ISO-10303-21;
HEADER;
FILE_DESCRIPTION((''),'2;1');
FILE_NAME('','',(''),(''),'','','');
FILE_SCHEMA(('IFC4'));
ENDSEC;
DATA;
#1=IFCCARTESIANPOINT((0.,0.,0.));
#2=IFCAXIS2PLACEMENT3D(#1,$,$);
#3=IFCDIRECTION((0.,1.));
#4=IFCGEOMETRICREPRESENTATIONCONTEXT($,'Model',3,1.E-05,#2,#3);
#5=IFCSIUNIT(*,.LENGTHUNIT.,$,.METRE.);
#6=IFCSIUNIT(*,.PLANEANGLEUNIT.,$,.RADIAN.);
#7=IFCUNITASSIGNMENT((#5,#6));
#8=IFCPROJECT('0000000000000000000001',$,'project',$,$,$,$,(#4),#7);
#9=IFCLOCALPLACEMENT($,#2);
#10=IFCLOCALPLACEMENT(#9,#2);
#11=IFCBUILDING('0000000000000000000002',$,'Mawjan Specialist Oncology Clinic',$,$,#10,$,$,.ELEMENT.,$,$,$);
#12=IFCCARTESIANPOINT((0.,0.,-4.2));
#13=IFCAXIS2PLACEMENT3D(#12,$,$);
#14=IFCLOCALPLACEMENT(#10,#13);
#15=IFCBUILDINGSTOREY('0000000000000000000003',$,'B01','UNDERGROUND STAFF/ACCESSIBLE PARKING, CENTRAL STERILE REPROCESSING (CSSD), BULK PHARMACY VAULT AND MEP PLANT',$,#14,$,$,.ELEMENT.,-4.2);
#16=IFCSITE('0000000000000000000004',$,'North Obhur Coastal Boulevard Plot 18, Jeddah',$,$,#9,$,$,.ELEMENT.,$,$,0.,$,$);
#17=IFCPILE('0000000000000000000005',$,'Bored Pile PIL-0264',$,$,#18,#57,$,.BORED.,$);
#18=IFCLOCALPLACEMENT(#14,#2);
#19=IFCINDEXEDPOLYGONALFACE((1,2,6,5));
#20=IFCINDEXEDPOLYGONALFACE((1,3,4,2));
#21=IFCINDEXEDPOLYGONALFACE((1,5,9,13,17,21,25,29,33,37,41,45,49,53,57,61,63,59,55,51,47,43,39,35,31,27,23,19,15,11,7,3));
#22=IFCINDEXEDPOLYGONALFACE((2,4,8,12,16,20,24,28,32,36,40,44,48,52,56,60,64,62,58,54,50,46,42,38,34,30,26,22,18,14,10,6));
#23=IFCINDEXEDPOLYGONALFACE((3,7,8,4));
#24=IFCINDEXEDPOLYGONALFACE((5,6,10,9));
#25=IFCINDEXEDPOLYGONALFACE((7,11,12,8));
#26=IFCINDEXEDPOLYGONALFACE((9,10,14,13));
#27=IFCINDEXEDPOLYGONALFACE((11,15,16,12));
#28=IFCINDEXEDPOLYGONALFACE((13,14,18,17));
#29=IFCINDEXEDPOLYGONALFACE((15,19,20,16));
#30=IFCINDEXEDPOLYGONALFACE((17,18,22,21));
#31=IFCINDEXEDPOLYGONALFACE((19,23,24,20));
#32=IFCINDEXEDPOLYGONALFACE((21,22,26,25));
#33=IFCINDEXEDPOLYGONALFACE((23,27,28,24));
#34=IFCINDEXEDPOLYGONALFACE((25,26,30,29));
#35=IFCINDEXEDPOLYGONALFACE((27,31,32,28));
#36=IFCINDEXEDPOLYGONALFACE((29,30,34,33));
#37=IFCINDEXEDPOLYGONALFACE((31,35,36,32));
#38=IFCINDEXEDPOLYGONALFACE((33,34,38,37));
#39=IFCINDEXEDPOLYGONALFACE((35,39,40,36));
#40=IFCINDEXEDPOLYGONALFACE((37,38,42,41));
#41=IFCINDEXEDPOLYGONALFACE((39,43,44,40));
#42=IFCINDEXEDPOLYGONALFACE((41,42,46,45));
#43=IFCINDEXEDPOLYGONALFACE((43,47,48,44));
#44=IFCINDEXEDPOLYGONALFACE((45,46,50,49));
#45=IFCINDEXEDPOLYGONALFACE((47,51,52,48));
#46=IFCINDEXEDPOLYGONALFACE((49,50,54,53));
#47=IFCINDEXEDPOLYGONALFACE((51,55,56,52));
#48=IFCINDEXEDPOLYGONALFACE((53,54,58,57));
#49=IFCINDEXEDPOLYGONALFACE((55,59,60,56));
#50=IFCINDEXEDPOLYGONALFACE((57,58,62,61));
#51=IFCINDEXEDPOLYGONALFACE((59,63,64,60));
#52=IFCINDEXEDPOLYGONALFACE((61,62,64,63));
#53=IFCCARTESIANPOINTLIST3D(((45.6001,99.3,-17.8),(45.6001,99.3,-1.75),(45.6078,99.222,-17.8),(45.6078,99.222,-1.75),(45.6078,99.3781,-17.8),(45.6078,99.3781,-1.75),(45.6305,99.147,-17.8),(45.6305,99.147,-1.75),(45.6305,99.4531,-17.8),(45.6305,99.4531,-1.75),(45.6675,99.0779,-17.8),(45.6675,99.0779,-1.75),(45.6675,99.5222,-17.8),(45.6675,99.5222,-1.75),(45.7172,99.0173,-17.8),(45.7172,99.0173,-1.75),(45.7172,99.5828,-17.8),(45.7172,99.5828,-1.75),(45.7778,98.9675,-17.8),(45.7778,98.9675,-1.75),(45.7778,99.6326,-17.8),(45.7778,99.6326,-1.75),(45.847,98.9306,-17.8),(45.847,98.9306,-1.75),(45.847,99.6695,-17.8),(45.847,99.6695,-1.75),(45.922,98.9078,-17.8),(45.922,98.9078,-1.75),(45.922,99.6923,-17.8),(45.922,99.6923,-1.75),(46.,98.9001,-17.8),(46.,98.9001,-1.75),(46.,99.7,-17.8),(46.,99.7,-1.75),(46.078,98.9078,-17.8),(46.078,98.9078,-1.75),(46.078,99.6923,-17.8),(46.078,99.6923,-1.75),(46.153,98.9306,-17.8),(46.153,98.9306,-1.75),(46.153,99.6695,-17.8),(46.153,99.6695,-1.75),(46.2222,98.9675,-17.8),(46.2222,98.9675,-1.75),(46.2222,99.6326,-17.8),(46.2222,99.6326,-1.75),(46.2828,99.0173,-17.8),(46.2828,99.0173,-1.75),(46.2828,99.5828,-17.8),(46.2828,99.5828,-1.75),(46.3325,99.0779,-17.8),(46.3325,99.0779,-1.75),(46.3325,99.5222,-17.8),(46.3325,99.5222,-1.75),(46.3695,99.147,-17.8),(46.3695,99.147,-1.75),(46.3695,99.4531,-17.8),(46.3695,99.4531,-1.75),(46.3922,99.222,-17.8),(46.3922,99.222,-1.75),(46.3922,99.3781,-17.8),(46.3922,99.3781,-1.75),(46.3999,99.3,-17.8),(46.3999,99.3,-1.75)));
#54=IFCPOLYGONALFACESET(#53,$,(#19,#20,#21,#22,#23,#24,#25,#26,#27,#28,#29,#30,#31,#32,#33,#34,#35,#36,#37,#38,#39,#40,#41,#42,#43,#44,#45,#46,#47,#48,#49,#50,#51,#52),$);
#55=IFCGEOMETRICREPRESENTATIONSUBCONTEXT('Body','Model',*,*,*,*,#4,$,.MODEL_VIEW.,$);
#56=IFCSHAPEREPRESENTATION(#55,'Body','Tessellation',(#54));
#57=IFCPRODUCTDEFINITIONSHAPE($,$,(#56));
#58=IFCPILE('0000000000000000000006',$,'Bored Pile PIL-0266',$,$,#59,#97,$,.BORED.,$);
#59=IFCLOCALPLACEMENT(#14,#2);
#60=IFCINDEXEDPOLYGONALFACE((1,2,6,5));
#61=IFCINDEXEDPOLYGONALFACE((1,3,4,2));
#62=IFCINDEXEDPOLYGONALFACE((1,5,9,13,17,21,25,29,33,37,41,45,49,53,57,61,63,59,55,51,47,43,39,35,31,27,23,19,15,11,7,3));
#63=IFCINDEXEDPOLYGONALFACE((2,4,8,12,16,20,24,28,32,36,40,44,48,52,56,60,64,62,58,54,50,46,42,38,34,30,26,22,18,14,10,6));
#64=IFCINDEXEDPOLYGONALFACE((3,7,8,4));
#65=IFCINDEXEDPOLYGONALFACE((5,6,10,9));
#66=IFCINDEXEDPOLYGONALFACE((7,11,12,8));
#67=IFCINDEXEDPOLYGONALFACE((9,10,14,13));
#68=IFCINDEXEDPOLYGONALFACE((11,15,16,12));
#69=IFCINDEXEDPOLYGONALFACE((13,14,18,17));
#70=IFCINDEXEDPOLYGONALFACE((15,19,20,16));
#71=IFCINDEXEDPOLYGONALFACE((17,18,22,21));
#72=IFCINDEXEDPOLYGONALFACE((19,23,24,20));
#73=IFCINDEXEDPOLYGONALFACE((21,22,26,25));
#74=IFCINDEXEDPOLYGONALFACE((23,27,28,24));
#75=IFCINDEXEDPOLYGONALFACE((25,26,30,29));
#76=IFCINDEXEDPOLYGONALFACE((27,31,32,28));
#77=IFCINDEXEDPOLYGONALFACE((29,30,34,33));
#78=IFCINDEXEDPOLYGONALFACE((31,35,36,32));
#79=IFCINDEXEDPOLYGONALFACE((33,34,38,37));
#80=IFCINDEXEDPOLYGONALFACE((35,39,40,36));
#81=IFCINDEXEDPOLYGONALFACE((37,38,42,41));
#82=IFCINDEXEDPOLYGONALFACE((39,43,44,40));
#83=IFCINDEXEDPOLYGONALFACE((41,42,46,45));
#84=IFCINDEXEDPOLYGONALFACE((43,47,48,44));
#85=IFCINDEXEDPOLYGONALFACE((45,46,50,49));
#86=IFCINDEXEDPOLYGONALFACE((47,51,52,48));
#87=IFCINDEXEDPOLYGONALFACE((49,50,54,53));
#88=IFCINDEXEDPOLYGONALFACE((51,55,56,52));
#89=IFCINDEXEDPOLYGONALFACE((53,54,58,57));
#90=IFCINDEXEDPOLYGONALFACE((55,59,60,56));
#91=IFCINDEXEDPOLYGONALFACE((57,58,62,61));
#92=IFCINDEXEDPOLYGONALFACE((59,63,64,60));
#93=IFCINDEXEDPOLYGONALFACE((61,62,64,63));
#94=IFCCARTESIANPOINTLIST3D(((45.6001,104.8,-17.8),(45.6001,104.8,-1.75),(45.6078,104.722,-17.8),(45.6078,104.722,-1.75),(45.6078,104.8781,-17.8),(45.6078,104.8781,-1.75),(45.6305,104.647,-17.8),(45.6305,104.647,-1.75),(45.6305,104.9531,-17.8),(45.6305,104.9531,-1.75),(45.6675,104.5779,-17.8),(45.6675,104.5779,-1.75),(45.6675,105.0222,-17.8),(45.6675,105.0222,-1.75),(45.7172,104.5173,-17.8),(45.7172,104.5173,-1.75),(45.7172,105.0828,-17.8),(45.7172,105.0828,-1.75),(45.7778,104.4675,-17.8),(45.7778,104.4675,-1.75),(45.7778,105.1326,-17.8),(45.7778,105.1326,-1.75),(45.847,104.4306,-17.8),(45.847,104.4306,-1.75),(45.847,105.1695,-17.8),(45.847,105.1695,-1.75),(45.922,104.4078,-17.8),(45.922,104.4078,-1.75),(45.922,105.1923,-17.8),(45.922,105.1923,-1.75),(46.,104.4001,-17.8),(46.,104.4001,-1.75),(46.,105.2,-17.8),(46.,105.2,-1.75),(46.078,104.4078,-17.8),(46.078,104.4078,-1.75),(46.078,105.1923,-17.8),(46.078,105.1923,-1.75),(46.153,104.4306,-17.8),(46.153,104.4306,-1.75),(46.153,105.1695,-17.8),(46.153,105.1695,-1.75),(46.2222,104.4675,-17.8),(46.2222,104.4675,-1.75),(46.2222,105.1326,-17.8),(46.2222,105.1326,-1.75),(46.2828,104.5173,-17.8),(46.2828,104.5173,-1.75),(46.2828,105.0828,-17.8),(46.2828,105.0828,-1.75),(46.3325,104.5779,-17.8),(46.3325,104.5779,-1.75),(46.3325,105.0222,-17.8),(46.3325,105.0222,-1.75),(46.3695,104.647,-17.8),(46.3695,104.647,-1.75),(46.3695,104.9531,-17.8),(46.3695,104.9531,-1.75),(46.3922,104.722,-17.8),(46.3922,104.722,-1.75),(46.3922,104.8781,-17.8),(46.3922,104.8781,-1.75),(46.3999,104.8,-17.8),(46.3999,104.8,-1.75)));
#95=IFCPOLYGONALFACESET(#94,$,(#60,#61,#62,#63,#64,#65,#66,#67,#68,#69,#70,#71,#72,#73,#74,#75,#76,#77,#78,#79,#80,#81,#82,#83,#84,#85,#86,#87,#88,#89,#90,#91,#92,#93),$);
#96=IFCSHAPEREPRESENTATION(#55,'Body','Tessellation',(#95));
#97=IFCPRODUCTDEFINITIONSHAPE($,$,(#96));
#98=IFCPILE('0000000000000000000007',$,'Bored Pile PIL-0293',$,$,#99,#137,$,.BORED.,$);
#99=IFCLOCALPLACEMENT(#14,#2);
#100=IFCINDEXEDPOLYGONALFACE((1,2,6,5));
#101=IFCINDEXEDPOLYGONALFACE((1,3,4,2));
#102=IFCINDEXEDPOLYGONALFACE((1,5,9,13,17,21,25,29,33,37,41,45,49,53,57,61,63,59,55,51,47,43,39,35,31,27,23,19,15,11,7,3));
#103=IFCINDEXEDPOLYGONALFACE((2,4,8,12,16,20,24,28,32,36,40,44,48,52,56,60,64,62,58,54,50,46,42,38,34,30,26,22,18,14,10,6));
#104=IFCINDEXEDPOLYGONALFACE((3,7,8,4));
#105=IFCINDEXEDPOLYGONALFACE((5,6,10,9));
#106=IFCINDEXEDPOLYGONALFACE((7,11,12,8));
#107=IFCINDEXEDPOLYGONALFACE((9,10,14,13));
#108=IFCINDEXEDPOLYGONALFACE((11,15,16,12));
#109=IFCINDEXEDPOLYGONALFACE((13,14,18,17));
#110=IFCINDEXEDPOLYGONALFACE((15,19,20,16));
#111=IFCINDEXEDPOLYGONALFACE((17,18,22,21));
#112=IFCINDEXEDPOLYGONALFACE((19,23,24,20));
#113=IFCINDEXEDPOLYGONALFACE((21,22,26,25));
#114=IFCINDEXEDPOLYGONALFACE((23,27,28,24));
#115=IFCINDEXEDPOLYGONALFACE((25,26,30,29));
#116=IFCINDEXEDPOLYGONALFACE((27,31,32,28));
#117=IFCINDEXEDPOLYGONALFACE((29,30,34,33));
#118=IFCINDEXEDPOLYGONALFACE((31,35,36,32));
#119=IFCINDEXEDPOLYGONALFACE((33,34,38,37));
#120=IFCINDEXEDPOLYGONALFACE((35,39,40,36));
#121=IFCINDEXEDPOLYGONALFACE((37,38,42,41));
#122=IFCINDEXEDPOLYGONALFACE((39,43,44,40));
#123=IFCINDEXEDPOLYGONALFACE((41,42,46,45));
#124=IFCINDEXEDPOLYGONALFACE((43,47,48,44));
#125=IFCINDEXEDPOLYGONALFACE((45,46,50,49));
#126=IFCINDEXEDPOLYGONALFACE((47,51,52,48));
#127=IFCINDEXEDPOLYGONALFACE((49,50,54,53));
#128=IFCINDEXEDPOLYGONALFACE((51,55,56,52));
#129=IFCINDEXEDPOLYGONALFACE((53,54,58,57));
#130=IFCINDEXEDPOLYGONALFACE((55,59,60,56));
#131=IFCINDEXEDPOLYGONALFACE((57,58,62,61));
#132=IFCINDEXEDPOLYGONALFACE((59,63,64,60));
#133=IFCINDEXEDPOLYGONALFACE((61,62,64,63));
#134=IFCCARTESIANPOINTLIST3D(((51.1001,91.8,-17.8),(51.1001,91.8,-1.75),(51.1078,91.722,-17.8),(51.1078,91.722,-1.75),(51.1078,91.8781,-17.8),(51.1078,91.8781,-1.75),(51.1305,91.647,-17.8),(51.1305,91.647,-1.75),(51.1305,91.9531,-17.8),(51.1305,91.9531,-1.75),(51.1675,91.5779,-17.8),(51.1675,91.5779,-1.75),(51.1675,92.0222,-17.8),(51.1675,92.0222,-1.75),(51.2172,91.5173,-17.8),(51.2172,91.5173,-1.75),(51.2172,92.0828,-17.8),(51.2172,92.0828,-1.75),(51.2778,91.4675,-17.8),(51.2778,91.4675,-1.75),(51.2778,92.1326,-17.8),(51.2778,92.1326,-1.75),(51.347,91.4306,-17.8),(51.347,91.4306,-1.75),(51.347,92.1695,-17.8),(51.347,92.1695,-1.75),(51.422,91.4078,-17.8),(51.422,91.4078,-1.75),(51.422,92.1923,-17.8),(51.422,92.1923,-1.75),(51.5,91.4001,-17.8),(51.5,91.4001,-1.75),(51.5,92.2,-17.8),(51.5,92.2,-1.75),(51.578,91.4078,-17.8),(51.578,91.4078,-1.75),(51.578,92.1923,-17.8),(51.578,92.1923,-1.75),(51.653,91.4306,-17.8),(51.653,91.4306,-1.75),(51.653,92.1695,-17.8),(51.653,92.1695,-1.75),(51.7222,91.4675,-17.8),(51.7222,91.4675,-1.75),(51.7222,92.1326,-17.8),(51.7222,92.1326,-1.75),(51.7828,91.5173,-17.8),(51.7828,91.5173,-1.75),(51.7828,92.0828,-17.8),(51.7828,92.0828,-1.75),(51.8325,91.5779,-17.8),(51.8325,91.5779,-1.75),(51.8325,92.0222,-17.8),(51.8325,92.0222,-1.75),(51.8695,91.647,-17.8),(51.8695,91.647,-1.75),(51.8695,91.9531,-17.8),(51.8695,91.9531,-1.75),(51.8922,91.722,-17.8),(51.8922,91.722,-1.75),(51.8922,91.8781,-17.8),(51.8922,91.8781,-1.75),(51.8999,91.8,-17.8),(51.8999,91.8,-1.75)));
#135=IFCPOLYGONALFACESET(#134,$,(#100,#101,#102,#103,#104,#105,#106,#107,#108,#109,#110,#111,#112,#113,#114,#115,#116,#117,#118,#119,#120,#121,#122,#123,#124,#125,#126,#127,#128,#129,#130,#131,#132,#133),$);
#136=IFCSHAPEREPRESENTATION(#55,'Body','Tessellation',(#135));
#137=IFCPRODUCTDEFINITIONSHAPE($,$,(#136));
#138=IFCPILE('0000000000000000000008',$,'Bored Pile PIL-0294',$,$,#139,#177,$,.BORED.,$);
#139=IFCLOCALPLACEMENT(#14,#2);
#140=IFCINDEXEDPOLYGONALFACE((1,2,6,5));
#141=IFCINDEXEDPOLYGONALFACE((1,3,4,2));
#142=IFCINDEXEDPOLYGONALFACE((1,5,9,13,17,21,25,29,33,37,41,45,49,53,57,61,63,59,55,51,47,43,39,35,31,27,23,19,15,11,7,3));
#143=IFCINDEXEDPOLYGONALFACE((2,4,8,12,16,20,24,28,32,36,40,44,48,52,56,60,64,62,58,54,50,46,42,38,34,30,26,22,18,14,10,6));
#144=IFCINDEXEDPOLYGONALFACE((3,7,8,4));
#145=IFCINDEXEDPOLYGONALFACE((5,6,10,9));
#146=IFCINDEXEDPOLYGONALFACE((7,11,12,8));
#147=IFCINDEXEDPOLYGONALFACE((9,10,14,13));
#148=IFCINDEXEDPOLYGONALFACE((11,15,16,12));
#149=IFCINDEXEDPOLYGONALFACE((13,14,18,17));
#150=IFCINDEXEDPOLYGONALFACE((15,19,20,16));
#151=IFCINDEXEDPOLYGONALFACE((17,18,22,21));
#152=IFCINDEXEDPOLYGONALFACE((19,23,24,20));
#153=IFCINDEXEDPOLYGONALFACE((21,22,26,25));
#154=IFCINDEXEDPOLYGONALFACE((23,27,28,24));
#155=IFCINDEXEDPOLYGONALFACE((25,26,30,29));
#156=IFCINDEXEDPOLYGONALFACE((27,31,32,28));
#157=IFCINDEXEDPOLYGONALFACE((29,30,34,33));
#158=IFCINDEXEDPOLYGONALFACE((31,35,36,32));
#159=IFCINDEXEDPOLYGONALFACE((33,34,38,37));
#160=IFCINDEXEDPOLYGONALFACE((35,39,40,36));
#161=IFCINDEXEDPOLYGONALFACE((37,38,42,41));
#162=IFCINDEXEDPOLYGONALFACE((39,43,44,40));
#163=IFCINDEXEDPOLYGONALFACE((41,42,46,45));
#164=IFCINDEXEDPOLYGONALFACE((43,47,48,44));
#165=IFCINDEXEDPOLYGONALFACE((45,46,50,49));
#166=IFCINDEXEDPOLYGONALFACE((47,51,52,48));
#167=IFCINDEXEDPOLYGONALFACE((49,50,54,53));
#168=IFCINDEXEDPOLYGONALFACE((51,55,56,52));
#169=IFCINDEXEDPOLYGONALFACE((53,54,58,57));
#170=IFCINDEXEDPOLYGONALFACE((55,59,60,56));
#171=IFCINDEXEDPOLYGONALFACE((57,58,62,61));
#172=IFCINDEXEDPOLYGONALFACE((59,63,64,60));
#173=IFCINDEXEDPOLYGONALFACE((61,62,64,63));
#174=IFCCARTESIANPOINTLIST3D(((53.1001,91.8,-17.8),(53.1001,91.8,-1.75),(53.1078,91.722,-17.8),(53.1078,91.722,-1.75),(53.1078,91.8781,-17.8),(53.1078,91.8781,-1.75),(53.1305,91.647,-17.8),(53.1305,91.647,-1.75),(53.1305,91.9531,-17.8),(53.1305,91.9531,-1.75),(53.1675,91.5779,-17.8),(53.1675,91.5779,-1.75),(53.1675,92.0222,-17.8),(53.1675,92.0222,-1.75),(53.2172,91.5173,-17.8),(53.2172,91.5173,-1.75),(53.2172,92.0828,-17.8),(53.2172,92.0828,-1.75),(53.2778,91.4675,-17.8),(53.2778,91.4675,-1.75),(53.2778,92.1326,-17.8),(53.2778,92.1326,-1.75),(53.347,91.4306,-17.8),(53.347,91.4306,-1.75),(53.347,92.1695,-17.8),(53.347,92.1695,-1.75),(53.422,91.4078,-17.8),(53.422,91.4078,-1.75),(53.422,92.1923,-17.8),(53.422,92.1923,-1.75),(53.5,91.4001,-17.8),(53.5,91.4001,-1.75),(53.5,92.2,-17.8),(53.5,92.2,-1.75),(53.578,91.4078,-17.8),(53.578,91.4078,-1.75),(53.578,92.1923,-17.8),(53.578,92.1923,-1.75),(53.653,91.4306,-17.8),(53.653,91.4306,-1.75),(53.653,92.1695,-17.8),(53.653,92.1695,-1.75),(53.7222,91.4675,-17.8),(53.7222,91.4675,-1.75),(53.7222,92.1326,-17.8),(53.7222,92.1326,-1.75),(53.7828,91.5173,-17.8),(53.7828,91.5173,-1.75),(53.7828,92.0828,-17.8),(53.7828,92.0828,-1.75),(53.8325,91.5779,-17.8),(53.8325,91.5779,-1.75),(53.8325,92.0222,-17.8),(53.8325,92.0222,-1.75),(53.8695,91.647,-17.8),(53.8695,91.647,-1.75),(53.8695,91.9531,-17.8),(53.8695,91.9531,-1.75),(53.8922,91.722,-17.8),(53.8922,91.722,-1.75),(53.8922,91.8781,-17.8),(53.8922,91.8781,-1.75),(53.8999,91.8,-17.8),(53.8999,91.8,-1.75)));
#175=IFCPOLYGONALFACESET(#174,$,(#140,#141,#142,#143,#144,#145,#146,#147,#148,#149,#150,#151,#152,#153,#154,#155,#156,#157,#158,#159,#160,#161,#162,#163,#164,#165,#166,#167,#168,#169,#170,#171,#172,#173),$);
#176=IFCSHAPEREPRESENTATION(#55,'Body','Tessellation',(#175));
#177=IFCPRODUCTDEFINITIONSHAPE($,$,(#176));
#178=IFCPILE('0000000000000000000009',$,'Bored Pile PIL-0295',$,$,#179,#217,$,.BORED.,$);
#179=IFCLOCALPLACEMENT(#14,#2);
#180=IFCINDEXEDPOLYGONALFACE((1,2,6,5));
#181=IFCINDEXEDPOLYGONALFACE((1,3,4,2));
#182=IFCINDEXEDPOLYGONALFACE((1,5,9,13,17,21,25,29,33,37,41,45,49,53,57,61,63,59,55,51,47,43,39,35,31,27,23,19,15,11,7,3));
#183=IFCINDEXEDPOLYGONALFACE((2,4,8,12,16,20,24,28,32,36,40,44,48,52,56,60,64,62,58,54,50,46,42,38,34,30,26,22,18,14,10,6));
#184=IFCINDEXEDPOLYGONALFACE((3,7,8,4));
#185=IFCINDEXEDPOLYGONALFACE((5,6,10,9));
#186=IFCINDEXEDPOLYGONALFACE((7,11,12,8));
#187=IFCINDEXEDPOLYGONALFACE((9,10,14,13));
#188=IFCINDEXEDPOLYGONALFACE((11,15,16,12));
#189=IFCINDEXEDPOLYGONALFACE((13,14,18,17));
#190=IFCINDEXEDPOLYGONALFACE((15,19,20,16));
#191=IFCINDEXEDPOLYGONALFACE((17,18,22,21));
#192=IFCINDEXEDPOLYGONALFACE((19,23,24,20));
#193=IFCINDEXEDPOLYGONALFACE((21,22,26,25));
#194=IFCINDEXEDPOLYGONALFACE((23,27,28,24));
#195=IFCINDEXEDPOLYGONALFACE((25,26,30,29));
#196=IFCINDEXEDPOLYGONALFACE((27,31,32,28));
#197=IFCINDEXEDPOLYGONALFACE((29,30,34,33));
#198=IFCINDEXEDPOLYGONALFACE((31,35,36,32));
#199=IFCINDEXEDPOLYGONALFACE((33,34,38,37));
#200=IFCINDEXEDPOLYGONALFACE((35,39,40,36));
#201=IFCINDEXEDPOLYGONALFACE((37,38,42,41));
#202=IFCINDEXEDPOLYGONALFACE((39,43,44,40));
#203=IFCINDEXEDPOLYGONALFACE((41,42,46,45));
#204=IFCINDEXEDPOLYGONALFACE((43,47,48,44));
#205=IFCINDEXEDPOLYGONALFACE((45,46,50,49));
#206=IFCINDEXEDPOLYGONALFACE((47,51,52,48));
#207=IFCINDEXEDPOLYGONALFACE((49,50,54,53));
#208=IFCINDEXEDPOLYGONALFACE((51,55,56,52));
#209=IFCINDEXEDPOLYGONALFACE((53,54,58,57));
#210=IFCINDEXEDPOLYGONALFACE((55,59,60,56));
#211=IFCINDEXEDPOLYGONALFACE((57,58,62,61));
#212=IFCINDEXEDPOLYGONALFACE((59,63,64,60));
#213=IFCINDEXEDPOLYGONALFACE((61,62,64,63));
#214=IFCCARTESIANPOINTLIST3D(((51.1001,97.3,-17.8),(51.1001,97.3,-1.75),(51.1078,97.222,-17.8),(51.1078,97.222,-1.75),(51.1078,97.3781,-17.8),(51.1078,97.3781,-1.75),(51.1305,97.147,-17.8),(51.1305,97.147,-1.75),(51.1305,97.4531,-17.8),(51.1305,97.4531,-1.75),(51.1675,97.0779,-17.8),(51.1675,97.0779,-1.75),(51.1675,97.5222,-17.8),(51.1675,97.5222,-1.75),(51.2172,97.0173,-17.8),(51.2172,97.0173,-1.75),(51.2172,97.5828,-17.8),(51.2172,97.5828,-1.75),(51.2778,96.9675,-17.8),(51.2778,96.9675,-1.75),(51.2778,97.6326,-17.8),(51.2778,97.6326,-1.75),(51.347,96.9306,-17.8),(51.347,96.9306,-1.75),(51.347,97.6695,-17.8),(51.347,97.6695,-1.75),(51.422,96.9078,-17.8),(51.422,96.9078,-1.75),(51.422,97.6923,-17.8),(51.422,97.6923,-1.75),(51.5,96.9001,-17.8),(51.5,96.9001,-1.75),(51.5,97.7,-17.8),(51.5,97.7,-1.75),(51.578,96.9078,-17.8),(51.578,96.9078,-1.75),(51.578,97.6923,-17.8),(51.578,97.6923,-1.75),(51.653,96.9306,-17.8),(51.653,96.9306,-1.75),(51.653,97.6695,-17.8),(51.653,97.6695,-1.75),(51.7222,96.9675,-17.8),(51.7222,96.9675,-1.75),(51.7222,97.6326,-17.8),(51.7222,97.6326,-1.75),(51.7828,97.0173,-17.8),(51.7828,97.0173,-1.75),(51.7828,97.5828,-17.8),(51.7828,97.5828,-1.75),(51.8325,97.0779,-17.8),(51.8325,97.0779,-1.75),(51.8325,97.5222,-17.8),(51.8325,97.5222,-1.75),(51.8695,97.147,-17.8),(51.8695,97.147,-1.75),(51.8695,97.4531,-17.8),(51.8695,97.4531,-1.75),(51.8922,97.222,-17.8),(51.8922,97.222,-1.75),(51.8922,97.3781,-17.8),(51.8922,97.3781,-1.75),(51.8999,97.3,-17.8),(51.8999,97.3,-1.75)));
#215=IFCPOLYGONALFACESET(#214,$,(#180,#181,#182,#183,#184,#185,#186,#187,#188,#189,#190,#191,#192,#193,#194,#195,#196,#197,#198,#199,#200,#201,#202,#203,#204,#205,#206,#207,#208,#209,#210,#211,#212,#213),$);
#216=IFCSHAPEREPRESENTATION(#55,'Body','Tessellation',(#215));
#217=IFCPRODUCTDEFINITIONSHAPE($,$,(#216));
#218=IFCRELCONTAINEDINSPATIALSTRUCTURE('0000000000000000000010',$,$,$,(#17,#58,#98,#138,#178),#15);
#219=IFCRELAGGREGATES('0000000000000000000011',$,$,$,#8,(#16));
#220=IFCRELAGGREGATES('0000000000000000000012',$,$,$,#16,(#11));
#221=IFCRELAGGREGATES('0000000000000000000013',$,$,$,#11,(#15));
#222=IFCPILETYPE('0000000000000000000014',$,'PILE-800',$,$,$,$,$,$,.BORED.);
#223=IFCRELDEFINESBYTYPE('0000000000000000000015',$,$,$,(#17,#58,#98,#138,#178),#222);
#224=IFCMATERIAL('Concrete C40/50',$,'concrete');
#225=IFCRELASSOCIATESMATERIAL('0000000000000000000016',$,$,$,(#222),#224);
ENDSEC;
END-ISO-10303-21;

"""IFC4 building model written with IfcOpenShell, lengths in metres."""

from ifc_helpers import new_model, si_unit, direction, frame, origin, origin_2d, place, context, subcontext, project, spatial, circle, extrude, material, material_profile, profile_set, type_object, element, save


model = new_model("IFC4")

# Units and contexts
model_context = context("Model", 3, precision=1e-05, world=origin(), true_north=direction((0.0, 1.0)))
body_context = subcontext(model_context, "Body", "Model", "MODEL_VIEW")
ifc_project = project(units=[si_unit("LENGTHUNIT", "METRE"), si_unit("PLANEANGLEUNIT", "RADIAN")], contexts=[model_context])

# Site, building, storey
site_placement = place(None, origin())
site = spatial("IfcSite", under=ifc_project, at=site_placement, Name="North Obhur Coastal Boulevard Plot 18, Jeddah", CompositionType="ELEMENT", RefElevation=0.0)
building_placement = place(site_placement, origin())
building = spatial("IfcBuilding", under=site, at=building_placement, Name="Mawjan Specialist Oncology Clinic", CompositionType="ELEMENT")
storey_placement = place(building_placement, frame((0.0, 0.0, -4.2)))
storey = spatial("IfcBuildingStorey", under=building, at=storey_placement, Name="B01", Description="UNDERGROUND STAFF/ACCESSIBLE PARKING, CENTRAL STERILE REPROCESSING (CSSD), BULK PHARMACY VAULT AND MEP PLANT", CompositionType="ELEMENT", Elevation=-4.2)

# Piles
ifc_material_1 = material(Name="Concrete C40/50", Category="concrete")
ifc_material_profile_1 = material_profile(ifc_material_1, circle(Radius=0.3999, at=origin_2d()), Name="BORED PILE D800", Category="concrete")
ifc_profile_set_1 = profile_set([ifc_material_profile_1], Name="Concrete C40/50")
pile_type_1 = type_object("IfcPileType", Name="PILE-800", PredefinedType="BORED", material=ifc_profile_set_1)
for number, where, z_axis, x_axis, name in (
    (1, (46.0, 99.3, -1.75), (0.0, 0.0, -1.0), (1.0, 0.0, 0.0), "Bored Pile PIL-0264"),
    (2, (46.0, 104.8, -1.75), (0.0, 0.0, -1.0), (1.0, 0.0, 0.0), "Bored Pile PIL-0266"),
    (3, (51.5, 91.8, -1.75), (0.0, 0.0, -1.0), (1.0, 0.0, 0.0), "Bored Pile PIL-0293"),
    (4, (53.5, 91.8, -1.75), (0.0, 0.0, -1.0), (1.0, 0.0, 0.0), "Bored Pile PIL-0294"),
    (5, (51.5, 97.3, -1.75), (0.0, 0.0, -1.0), (1.0, 0.0, 0.0), "Bored Pile PIL-0295"),
):
    element("IfcPile", number, at=place(storey_placement, frame(where, z_axis=z_axis, x_axis=x_axis)), inside=storey, type_object=pile_type_1, Name=name, PredefinedType="BORED", context=body_context, shape_type="SweptSolid", body=[
        extrude(circle(Radius=0.3999, at=origin_2d()), origin(), (0.0, 0.0, 1.0), 16.05),
    ])

save(model, "model.ifc")
